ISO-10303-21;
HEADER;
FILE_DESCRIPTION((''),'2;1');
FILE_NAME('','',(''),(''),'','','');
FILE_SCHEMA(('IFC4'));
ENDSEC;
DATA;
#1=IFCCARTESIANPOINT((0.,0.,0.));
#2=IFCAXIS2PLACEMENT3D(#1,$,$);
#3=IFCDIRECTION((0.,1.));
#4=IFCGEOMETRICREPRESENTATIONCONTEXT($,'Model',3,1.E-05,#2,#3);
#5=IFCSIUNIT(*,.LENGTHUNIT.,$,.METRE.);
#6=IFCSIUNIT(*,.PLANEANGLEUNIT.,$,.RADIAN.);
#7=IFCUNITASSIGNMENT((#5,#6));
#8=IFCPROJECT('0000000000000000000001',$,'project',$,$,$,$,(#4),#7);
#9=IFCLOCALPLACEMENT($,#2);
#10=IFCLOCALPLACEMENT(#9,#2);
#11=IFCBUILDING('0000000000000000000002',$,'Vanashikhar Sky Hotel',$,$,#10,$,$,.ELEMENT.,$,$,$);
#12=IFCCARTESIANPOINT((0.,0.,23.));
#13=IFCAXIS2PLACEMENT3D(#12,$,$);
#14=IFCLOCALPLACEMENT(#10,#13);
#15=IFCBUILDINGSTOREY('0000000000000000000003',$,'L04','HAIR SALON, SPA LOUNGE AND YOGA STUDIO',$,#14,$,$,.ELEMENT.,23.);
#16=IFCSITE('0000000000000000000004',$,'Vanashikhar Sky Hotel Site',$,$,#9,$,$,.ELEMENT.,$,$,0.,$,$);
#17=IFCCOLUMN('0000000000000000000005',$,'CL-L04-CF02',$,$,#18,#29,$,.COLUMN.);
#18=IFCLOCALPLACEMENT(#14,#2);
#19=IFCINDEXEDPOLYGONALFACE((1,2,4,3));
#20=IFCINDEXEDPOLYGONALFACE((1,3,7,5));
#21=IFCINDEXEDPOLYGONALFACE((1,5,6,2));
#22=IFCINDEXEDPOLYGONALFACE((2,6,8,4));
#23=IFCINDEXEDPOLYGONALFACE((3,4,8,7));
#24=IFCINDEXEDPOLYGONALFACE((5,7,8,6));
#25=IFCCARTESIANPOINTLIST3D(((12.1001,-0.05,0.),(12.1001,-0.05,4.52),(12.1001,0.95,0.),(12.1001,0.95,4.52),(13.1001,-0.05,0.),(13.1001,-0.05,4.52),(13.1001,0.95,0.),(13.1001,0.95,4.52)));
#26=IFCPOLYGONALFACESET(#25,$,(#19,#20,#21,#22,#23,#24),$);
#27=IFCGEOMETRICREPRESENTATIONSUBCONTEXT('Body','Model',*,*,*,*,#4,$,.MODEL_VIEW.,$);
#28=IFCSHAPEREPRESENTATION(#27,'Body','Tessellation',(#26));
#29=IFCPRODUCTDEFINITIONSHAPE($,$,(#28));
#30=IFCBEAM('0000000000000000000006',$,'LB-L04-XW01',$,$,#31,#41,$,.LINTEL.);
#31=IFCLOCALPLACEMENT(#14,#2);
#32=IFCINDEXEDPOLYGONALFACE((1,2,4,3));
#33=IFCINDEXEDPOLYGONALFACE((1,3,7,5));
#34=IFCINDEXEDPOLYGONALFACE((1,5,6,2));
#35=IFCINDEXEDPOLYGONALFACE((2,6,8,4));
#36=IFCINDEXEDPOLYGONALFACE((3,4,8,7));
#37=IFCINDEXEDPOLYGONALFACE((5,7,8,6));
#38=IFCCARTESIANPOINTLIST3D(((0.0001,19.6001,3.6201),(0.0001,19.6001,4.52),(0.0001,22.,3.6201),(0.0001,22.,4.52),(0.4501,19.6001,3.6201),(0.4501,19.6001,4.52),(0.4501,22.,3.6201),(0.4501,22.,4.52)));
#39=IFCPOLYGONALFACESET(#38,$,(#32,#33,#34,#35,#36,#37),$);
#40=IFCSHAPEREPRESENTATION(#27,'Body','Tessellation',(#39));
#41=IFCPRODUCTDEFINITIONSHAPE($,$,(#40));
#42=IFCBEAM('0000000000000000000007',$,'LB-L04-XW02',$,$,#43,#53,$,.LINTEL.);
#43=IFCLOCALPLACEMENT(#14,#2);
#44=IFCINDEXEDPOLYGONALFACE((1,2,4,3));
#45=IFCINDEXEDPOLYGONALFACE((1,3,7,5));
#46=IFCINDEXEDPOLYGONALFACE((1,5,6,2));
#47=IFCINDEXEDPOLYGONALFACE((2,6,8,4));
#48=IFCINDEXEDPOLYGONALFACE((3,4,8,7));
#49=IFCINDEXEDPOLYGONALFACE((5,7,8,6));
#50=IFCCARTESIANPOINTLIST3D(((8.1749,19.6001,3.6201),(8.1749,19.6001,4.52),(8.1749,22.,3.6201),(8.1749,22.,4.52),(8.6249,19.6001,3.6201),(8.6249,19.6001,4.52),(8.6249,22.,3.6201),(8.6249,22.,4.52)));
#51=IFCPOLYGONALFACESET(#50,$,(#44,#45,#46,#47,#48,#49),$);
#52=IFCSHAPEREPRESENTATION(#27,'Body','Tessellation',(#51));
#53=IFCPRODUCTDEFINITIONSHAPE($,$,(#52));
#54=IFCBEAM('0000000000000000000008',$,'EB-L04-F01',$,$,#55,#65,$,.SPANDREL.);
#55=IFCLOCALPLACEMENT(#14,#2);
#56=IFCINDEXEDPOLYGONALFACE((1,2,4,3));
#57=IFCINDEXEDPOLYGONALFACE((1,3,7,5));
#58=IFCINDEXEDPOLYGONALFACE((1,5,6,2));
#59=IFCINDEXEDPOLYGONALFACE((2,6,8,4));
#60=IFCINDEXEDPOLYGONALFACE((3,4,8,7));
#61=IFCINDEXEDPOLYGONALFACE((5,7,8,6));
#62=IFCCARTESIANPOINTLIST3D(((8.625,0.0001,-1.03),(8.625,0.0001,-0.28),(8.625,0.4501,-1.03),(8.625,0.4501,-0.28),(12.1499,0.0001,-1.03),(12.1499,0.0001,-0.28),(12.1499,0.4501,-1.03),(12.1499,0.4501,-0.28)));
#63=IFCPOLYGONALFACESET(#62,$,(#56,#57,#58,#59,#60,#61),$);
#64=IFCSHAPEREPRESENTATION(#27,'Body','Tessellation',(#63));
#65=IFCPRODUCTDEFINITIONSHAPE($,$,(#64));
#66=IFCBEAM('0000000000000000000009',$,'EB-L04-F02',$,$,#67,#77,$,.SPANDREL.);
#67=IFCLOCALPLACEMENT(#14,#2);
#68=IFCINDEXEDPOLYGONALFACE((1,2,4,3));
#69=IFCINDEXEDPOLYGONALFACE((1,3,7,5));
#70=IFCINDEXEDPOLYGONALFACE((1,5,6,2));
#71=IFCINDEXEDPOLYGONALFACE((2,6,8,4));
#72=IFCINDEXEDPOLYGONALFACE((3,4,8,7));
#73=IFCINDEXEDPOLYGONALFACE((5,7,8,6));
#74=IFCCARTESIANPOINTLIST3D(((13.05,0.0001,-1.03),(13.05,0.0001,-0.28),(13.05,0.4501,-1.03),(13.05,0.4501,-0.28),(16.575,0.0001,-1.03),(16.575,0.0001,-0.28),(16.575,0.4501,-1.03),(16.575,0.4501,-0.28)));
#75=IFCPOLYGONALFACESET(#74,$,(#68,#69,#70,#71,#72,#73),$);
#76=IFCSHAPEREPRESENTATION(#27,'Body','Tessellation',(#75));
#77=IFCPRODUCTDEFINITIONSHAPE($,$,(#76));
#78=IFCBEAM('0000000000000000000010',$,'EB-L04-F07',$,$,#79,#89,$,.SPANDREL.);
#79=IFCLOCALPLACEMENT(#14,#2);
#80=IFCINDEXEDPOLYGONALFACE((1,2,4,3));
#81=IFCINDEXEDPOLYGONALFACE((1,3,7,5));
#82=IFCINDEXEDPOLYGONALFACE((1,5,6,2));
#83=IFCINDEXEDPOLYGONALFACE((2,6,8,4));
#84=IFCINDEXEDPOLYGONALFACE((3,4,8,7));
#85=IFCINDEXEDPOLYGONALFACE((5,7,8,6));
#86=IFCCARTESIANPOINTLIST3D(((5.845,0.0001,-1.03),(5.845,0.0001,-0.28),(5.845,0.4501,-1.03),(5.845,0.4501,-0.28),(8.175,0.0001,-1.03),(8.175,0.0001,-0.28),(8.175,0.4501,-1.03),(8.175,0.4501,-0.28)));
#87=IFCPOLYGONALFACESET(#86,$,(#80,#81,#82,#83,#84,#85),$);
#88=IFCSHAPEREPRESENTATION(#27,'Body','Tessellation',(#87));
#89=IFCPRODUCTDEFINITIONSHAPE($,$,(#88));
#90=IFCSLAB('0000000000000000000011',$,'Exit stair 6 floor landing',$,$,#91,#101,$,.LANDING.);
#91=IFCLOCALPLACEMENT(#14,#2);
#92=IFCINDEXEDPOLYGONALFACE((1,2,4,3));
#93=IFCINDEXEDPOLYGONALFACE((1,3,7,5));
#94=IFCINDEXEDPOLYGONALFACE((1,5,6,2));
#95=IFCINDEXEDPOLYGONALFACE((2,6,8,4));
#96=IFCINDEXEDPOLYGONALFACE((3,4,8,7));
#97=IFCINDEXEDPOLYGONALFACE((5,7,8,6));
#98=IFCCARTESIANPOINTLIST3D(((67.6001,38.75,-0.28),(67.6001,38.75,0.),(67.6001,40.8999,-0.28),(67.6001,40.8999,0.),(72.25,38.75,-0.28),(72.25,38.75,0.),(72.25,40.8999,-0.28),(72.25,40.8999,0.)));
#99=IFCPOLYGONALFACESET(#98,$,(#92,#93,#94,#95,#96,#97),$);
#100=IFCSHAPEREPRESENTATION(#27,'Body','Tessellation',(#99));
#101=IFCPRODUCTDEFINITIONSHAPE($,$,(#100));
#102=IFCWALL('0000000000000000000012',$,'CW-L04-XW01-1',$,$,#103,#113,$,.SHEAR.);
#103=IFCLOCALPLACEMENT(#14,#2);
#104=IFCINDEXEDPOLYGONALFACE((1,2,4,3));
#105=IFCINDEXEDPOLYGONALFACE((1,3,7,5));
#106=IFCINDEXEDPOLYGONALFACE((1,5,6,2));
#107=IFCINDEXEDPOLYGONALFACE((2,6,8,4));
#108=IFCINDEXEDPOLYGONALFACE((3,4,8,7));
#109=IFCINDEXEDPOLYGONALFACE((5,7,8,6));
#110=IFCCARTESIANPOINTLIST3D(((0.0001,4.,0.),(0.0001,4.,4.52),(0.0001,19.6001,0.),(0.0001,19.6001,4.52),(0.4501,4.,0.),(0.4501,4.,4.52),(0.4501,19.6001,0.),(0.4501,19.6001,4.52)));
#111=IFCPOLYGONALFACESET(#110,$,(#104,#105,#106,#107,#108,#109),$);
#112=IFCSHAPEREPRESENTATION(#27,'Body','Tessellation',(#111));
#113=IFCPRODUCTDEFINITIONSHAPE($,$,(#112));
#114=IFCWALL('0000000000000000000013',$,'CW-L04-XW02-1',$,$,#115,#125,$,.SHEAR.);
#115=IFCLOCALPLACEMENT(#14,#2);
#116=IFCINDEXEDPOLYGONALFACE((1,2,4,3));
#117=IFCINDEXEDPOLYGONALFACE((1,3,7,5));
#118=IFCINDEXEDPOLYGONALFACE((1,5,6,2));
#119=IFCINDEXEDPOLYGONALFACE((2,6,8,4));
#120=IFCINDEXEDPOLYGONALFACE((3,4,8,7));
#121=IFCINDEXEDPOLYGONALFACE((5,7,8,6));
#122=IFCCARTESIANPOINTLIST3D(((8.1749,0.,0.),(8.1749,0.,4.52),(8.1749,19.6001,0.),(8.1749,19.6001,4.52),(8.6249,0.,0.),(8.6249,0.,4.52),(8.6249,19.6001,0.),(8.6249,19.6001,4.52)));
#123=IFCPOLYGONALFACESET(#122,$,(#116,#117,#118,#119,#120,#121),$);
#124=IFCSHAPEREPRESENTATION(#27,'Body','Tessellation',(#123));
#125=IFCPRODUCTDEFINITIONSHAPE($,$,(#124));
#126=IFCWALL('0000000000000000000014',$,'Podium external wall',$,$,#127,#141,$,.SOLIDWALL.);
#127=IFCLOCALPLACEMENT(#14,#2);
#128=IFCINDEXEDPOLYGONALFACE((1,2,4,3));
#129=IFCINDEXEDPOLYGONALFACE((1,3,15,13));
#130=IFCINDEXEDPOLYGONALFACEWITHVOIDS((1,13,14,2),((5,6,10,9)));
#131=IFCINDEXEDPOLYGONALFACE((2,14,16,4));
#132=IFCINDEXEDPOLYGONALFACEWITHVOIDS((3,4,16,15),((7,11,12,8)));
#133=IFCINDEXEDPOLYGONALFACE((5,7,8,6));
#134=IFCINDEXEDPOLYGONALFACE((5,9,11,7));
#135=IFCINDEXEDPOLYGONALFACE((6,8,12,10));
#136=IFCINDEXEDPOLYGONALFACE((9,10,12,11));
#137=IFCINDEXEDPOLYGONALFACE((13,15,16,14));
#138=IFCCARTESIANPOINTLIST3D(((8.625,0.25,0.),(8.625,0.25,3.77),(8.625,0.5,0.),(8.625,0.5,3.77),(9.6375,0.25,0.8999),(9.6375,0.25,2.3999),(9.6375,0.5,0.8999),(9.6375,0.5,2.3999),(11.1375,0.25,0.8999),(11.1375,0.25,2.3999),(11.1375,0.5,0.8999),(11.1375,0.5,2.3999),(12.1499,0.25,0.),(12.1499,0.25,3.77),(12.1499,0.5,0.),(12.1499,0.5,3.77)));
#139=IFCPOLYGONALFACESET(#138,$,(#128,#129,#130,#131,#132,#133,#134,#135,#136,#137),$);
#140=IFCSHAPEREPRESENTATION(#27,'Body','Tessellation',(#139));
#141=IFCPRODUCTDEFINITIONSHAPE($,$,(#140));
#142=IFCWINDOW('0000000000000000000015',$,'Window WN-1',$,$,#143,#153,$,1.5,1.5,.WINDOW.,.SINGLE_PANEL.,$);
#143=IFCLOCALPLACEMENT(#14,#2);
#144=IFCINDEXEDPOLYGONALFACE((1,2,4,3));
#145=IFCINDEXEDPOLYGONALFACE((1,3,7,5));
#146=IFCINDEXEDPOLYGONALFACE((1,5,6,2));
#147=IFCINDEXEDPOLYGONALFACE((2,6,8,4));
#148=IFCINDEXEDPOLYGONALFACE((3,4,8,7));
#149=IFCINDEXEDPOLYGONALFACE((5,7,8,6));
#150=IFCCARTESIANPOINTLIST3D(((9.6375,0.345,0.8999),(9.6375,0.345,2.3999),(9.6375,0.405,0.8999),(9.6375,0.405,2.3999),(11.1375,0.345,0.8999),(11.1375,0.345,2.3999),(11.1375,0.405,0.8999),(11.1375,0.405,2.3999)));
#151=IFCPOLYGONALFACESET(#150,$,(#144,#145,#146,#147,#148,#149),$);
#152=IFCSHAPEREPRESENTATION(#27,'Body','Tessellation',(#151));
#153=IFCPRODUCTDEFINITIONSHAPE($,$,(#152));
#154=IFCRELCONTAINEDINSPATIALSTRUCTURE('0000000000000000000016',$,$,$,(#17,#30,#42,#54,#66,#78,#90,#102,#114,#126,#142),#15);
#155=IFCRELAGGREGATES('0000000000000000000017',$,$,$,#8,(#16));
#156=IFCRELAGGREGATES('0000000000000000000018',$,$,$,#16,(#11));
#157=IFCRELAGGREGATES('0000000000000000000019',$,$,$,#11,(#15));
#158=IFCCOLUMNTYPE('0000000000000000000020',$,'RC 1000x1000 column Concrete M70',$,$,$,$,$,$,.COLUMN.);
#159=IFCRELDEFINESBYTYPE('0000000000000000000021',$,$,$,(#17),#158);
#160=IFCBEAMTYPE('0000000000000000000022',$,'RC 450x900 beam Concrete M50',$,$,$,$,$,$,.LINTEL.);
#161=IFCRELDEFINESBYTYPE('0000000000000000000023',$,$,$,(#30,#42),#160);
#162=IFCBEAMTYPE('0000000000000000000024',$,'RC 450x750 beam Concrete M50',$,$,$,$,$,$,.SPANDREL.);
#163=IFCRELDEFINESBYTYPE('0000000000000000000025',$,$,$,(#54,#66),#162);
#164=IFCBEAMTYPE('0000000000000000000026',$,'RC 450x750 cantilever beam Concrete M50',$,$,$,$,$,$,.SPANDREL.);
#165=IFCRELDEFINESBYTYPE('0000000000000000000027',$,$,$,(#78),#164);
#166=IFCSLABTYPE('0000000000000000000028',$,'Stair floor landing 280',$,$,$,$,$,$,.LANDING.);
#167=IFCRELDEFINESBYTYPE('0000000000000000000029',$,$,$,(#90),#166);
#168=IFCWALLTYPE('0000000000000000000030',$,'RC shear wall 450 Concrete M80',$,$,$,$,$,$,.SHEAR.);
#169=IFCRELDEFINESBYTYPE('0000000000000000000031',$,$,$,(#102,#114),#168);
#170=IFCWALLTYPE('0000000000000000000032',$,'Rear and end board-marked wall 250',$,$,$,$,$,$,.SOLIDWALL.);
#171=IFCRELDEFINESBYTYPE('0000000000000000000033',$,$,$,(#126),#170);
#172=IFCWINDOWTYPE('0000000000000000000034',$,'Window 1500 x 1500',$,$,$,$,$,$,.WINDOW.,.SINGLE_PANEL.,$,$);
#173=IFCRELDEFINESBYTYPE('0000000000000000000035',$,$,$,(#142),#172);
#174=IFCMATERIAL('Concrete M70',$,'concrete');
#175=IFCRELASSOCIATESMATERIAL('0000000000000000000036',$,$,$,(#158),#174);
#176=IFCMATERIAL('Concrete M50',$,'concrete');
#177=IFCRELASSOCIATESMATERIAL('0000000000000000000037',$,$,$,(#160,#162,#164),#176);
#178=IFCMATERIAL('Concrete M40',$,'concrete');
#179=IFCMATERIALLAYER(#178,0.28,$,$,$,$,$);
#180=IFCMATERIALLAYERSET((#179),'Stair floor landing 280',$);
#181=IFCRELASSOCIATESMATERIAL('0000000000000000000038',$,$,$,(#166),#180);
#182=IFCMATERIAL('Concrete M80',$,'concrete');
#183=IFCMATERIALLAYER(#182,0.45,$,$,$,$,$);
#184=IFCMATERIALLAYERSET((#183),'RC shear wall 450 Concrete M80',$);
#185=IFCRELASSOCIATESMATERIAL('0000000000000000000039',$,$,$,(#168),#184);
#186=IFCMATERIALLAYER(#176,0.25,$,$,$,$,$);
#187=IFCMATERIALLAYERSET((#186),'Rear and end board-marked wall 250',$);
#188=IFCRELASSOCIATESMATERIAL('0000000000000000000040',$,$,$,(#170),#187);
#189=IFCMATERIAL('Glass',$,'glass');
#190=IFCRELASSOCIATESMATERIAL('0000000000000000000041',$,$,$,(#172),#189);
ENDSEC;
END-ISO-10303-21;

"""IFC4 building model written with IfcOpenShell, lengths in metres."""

from ifc_helpers import new_model, si_unit, direction, frame, frame_2d, origin, origin_2d, place, context, subcontext, project, spatial, polyline, rectangle, outline, extrude, source, transform, mapped, material, layer, layer_set, material_profile, profile_set, type_object, element, fill, save


model = new_model("IFC4")

# Units and contexts
model_context = context("Model", 3, precision=1e-05, world=origin(), true_north=direction((0.0, 1.0)))
body_context = subcontext(model_context, "Body", "Model", "MODEL_VIEW")
ifc_project = project(units=[si_unit("LENGTHUNIT", "METRE"), si_unit("PLANEANGLEUNIT", "RADIAN")], contexts=[model_context])

# Site, building, storey
site_placement = place(None, origin())
site = spatial("IfcSite", under=ifc_project, at=site_placement, Name="Vanashikhar Sky Hotel Site", CompositionType="ELEMENT", RefElevation=0.0)
building_placement = place(site_placement, origin())
building = spatial("IfcBuilding", under=site, at=building_placement, Name="Vanashikhar Sky Hotel", CompositionType="ELEMENT")
storey_placement = place(building_placement, frame((0.0, 0.0, 23.0)))
storey = spatial("IfcBuildingStorey", under=building, at=storey_placement, Name="L04", Description="HAIR SALON, SPA LOUNGE AND YOGA STUDIO", CompositionType="ELEMENT", Elevation=23.0)

# Column
ifc_material_1 = material(Name="Concrete M70", Category="concrete")
ifc_material_profile_1 = material_profile(ifc_material_1, rectangle(XDim=1.0, YDim=1.0, at=origin_2d()))
ifc_profile_set_1 = profile_set([ifc_material_profile_1], Name="RC 1000x1000 column Concrete M70")
column_type = type_object("IfcColumnType", Name="RC 1000x1000 column Concrete M70", PredefinedType="COLUMN", material=ifc_profile_set_1)
shared_shape_1 = source(origin(), body_context, "Body", "SweptSolid", [
    extrude(rectangle(XDim=1.0, YDim=1.0, at=origin_2d()), origin(), (0.0, 0.0, 1.0), 4.52),
])
column_placement = place(storey_placement, frame((12.6001, 0.45, 0.0), z_axis=(0.0, 0.0, 1.0), x_axis=(1.0, 0.0, 0.0)))
element("IfcColumn", 1, at=column_placement, inside=storey, type_object=column_type, Name="CL-L04-CF02", PredefinedType="COLUMN", context=body_context, shape_type="MappedRepresentation", body=[
    mapped(shared_shape_1, transform((0.0, 0.0, 0.0), scale=1.0)),
])

# Beams
ifc_material_2 = material(Name="Concrete M50", Category="concrete")
ifc_material_profile_2 = material_profile(ifc_material_2, rectangle(XDim=0.45, YDim=0.8999, at=origin_2d()))
ifc_profile_set_2 = profile_set([ifc_material_profile_2], Name="RC 450x900 beam Concrete M50")
beam_type_1 = type_object("IfcBeamType", Name="RC 450x900 beam Concrete M50", PredefinedType="LINTEL", material=ifc_profile_set_2)
shared_shape_2 = source(origin(), body_context, "Body", "SweptSolid", [
    extrude(rectangle(XDim=0.45, YDim=0.8999, at=origin_2d()), origin(), (0.0, 0.0, 1.0), 2.3999),
])
for number, where, z_axis, x_axis, name in (
    (2, (0.2251, 19.6001, 4.0701), (0.0, 1.0, 0.0), (-1.0, 0.0, 0.0), "LB-L04-XW01"),
    (3, (8.3999, 19.6001, 4.0701), (0.0, 1.0, 0.0), (-1.0, 0.0, 0.0), "LB-L04-XW02"),
):
    element("IfcBeam", number, at=place(storey_placement, frame(where, z_axis=z_axis, x_axis=x_axis)), inside=storey, type_object=beam_type_1, Name=name, PredefinedType="LINTEL", context=body_context, shape_type="MappedRepresentation", body=[
        mapped(shared_shape_2, transform((0.0, 0.0, 0.0), scale=1.0)),
    ])
ifc_material_profile_3 = material_profile(ifc_material_2, rectangle(XDim=0.45, YDim=0.75, at=origin_2d()))
ifc_profile_set_3 = profile_set([ifc_material_profile_3], Name="RC 450x750 beam Concrete M50")
beam_type_2 = type_object("IfcBeamType", Name="RC 450x750 beam Concrete M50", PredefinedType="SPANDREL", material=ifc_profile_set_3)
shared_shape_3 = source(origin(), body_context, "Body", "SweptSolid", [
    extrude(rectangle(XDim=0.45, YDim=0.75, at=origin_2d()), origin(), (0.0, 0.0, 1.0), 3.5249),
])
for number, where, z_axis, x_axis, name in (
    (4, (8.625, 0.2251, -0.655), (1.0, 0.0, 0.0), (0.0, 1.0, 0.0), "EB-L04-F01"),
    (5, (13.05, 0.2251, -0.655), (1.0, 0.0, 0.0), (0.0, 1.0, 0.0), "EB-L04-F02"),
):
    element("IfcBeam", number, at=place(storey_placement, frame(where, z_axis=z_axis, x_axis=x_axis)), inside=storey, type_object=beam_type_2, Name=name, PredefinedType="SPANDREL", context=body_context, shape_type="MappedRepresentation", body=[
        mapped(shared_shape_3, transform((0.0, 0.0, 0.0), scale=1.0)),
    ])
ifc_material_profile_4 = material_profile(ifc_material_2, rectangle(XDim=0.45, YDim=0.75, at=origin_2d()))
ifc_profile_set_4 = profile_set([ifc_material_profile_4], Name="RC 450x750 cantilever beam Concrete M50")
beam_type_3 = type_object("IfcBeamType", Name="RC 450x750 cantilever beam Concrete M50", PredefinedType="SPANDREL", material=ifc_profile_set_4)
shared_shape_4 = source(origin(), body_context, "Body", "SweptSolid", [
    extrude(rectangle(XDim=0.45, YDim=0.75, at=origin_2d()), origin(), (0.0, 0.0, 1.0), 2.3301),
])
beam_placement = place(storey_placement, frame((5.845, 0.2251, -0.655), z_axis=(1.0, 0.0, 0.0), x_axis=(0.0, 1.0, 0.0)))
element("IfcBeam", 6, at=beam_placement, inside=storey, type_object=beam_type_3, Name="EB-L04-F07", PredefinedType="SPANDREL", context=body_context, shape_type="MappedRepresentation", body=[
    mapped(shared_shape_4, transform((0.0, 0.0, 0.0), scale=1.0)),
])

# Slab
ifc_material_3 = material(Name="Concrete M40", Category="concrete")
ifc_layer_1 = layer(ifc_material_3, 0.28)
ifc_layer_set_1 = layer_set([ifc_layer_1], Name="Stair floor landing 280")
slab_type = type_object("IfcSlabType", Name="Stair floor landing 280", PredefinedType="LANDING", material=ifc_layer_set_1)
shared_shape_5 = source(origin(), body_context, "Body", "SweptSolid", [
    extrude(outline(polyline([(72.25, 38.75), (72.25, 40.8999), (67.6001, 40.8999), (67.6001, 38.75), (72.25, 38.75)])), origin(), (0.0, 0.0, 1.0), 0.28),
])
slab_placement = place(storey_placement, frame((0.0, 0.0, -0.28)))
element("IfcSlab", 7, at=slab_placement, inside=storey, type_object=slab_type, Name="Exit stair 6 floor landing", PredefinedType="LANDING", context=body_context, shape_type="MappedRepresentation", body=[
    mapped(shared_shape_5, transform((0.0, 0.0, 0.0), scale=1.0)),
])

# Walls
ifc_material_4 = material(Name="Concrete M80", Category="concrete")
ifc_layer_2 = layer(ifc_material_4, 0.45)
ifc_layer_set_2 = layer_set([ifc_layer_2], Name="RC shear wall 450 Concrete M80")
wall_type_1 = type_object("IfcWallType", Name="RC shear wall 450 Concrete M80", PredefinedType="SHEAR", material=ifc_layer_set_2)
shared_shape_6 = source(origin(), body_context, "Body", "SweptSolid", [
    extrude(rectangle(XDim=15.6001, YDim=0.45, at=frame_2d((7.8, 0.0))), origin(), (0.0, 0.0, 1.0), 4.52),
])
wall_1_placement = place(storey_placement, frame((0.2251, 4.0, 0.0), z_axis=(0.0, 0.0, 1.0), x_axis=(0.0, 1.0, 0.0)))
element("IfcWall", 8, at=wall_1_placement, inside=storey, type_object=wall_type_1, Name="CW-L04-XW01-1", PredefinedType="SHEAR", context=body_context, shape_type="MappedRepresentation", body=[
    mapped(shared_shape_6, transform((0.0, 0.0, 0.0), scale=1.0)),
])
shared_shape_7 = source(origin(), body_context, "Body", "SweptSolid", [
    extrude(rectangle(XDim=19.6001, YDim=0.45, at=frame_2d((9.8, 0.0))), origin(), (0.0, 0.0, 1.0), 4.52),
])
wall_2_placement = place(storey_placement, frame((8.3999, 0.0, 0.0), z_axis=(0.0, 0.0, 1.0), x_axis=(0.0, 1.0, 0.0)))
element("IfcWall", 9, at=wall_2_placement, inside=storey, type_object=wall_type_1, Name="CW-L04-XW02-1", PredefinedType="SHEAR", context=body_context, shape_type="MappedRepresentation", body=[
    mapped(shared_shape_7, transform((0.0, 0.0, 0.0), scale=1.0)),
])

# Wall, opening, window
ifc_layer_3 = layer(ifc_material_2, 0.25)
ifc_layer_set_3 = layer_set([ifc_layer_3], Name="Rear and end board-marked wall 250")
wall_type_2 = type_object("IfcWallType", Name="Rear and end board-marked wall 250", PredefinedType="SOLIDWALL", material=ifc_layer_set_3)
shared_shape_8 = source(origin(), body_context, "Body", "SweptSolid", [
    extrude(rectangle(XDim=3.5249, YDim=0.25, at=frame_2d((1.7625, 0.0))), origin(), (0.0, 0.0, 1.0), 3.77),
])
wall_3_placement = place(storey_placement, frame((8.625, 0.375, 0.0), z_axis=(0.0, 0.0, 1.0), x_axis=(1.0, 0.0, 0.0)))
wall_3 = element("IfcWall", 10, at=wall_3_placement, inside=storey, type_object=wall_type_2, Name="Podium external wall", PredefinedType="SOLIDWALL", context=body_context, shape_type="MappedRepresentation", body=[
    mapped(shared_shape_8, transform((0.0, 0.0, 0.0), scale=1.0)),
])
shared_shape_9 = source(origin(), body_context, "Body", "SweptSolid", [
    extrude(rectangle(XDim=1.5, YDim=1.5, at=frame_2d((0.75, 0.75))), frame((0.0, 0.135, 0.0), z_axis=(0.0, -1.0, 0.0), x_axis=(1.0, 0.0, 0.0)), (0.0, 0.0, 1.0), 0.27),
])
opening_1_placement = place(wall_3_placement, frame((1.0125, 0.0, 0.8999)))
opening_1 = element("IfcOpeningElement", 11, at=opening_1_placement, cuts=wall_3, PredefinedType="OPENING", context=body_context, shape_type="MappedRepresentation", body=[
    mapped(shared_shape_9, transform((0.0, 0.0, 0.0), scale=1.0)),
])
ifc_material_5 = material(Name="Glass", Category="glass")
window_type = type_object("IfcWindowType", Name="Window 1500 x 1500", PartitioningType="SINGLE_PANEL", PredefinedType="WINDOW", material=ifc_material_5)
shared_shape_10 = source(origin(), body_context, "Body", "SweptSolid", [
    extrude(rectangle(XDim=1.5, YDim=1.5, at=frame_2d((0.75, 0.75))), frame((0.0, 0.03, 0.0), z_axis=(0.0, -1.0, 0.0), x_axis=(1.0, 0.0, 0.0)), (0.0, 0.0, 1.0), 0.0601),
])
window_1_placement = place(opening_1_placement, origin())
window_1 = element("IfcWindow", 12, at=window_1_placement, inside=storey, type_object=window_type, Name="Window WN-1", OverallHeight=1.5, OverallWidth=1.5, PartitioningType="SINGLE_PANEL", PredefinedType="WINDOW", context=body_context, shape_type="MappedRepresentation", body=[
    mapped(shared_shape_10, transform((0.0, 0.0, 0.0), scale=1.0)),
])
fill(opening_1, window_1)

save(model, "model.ifc")
